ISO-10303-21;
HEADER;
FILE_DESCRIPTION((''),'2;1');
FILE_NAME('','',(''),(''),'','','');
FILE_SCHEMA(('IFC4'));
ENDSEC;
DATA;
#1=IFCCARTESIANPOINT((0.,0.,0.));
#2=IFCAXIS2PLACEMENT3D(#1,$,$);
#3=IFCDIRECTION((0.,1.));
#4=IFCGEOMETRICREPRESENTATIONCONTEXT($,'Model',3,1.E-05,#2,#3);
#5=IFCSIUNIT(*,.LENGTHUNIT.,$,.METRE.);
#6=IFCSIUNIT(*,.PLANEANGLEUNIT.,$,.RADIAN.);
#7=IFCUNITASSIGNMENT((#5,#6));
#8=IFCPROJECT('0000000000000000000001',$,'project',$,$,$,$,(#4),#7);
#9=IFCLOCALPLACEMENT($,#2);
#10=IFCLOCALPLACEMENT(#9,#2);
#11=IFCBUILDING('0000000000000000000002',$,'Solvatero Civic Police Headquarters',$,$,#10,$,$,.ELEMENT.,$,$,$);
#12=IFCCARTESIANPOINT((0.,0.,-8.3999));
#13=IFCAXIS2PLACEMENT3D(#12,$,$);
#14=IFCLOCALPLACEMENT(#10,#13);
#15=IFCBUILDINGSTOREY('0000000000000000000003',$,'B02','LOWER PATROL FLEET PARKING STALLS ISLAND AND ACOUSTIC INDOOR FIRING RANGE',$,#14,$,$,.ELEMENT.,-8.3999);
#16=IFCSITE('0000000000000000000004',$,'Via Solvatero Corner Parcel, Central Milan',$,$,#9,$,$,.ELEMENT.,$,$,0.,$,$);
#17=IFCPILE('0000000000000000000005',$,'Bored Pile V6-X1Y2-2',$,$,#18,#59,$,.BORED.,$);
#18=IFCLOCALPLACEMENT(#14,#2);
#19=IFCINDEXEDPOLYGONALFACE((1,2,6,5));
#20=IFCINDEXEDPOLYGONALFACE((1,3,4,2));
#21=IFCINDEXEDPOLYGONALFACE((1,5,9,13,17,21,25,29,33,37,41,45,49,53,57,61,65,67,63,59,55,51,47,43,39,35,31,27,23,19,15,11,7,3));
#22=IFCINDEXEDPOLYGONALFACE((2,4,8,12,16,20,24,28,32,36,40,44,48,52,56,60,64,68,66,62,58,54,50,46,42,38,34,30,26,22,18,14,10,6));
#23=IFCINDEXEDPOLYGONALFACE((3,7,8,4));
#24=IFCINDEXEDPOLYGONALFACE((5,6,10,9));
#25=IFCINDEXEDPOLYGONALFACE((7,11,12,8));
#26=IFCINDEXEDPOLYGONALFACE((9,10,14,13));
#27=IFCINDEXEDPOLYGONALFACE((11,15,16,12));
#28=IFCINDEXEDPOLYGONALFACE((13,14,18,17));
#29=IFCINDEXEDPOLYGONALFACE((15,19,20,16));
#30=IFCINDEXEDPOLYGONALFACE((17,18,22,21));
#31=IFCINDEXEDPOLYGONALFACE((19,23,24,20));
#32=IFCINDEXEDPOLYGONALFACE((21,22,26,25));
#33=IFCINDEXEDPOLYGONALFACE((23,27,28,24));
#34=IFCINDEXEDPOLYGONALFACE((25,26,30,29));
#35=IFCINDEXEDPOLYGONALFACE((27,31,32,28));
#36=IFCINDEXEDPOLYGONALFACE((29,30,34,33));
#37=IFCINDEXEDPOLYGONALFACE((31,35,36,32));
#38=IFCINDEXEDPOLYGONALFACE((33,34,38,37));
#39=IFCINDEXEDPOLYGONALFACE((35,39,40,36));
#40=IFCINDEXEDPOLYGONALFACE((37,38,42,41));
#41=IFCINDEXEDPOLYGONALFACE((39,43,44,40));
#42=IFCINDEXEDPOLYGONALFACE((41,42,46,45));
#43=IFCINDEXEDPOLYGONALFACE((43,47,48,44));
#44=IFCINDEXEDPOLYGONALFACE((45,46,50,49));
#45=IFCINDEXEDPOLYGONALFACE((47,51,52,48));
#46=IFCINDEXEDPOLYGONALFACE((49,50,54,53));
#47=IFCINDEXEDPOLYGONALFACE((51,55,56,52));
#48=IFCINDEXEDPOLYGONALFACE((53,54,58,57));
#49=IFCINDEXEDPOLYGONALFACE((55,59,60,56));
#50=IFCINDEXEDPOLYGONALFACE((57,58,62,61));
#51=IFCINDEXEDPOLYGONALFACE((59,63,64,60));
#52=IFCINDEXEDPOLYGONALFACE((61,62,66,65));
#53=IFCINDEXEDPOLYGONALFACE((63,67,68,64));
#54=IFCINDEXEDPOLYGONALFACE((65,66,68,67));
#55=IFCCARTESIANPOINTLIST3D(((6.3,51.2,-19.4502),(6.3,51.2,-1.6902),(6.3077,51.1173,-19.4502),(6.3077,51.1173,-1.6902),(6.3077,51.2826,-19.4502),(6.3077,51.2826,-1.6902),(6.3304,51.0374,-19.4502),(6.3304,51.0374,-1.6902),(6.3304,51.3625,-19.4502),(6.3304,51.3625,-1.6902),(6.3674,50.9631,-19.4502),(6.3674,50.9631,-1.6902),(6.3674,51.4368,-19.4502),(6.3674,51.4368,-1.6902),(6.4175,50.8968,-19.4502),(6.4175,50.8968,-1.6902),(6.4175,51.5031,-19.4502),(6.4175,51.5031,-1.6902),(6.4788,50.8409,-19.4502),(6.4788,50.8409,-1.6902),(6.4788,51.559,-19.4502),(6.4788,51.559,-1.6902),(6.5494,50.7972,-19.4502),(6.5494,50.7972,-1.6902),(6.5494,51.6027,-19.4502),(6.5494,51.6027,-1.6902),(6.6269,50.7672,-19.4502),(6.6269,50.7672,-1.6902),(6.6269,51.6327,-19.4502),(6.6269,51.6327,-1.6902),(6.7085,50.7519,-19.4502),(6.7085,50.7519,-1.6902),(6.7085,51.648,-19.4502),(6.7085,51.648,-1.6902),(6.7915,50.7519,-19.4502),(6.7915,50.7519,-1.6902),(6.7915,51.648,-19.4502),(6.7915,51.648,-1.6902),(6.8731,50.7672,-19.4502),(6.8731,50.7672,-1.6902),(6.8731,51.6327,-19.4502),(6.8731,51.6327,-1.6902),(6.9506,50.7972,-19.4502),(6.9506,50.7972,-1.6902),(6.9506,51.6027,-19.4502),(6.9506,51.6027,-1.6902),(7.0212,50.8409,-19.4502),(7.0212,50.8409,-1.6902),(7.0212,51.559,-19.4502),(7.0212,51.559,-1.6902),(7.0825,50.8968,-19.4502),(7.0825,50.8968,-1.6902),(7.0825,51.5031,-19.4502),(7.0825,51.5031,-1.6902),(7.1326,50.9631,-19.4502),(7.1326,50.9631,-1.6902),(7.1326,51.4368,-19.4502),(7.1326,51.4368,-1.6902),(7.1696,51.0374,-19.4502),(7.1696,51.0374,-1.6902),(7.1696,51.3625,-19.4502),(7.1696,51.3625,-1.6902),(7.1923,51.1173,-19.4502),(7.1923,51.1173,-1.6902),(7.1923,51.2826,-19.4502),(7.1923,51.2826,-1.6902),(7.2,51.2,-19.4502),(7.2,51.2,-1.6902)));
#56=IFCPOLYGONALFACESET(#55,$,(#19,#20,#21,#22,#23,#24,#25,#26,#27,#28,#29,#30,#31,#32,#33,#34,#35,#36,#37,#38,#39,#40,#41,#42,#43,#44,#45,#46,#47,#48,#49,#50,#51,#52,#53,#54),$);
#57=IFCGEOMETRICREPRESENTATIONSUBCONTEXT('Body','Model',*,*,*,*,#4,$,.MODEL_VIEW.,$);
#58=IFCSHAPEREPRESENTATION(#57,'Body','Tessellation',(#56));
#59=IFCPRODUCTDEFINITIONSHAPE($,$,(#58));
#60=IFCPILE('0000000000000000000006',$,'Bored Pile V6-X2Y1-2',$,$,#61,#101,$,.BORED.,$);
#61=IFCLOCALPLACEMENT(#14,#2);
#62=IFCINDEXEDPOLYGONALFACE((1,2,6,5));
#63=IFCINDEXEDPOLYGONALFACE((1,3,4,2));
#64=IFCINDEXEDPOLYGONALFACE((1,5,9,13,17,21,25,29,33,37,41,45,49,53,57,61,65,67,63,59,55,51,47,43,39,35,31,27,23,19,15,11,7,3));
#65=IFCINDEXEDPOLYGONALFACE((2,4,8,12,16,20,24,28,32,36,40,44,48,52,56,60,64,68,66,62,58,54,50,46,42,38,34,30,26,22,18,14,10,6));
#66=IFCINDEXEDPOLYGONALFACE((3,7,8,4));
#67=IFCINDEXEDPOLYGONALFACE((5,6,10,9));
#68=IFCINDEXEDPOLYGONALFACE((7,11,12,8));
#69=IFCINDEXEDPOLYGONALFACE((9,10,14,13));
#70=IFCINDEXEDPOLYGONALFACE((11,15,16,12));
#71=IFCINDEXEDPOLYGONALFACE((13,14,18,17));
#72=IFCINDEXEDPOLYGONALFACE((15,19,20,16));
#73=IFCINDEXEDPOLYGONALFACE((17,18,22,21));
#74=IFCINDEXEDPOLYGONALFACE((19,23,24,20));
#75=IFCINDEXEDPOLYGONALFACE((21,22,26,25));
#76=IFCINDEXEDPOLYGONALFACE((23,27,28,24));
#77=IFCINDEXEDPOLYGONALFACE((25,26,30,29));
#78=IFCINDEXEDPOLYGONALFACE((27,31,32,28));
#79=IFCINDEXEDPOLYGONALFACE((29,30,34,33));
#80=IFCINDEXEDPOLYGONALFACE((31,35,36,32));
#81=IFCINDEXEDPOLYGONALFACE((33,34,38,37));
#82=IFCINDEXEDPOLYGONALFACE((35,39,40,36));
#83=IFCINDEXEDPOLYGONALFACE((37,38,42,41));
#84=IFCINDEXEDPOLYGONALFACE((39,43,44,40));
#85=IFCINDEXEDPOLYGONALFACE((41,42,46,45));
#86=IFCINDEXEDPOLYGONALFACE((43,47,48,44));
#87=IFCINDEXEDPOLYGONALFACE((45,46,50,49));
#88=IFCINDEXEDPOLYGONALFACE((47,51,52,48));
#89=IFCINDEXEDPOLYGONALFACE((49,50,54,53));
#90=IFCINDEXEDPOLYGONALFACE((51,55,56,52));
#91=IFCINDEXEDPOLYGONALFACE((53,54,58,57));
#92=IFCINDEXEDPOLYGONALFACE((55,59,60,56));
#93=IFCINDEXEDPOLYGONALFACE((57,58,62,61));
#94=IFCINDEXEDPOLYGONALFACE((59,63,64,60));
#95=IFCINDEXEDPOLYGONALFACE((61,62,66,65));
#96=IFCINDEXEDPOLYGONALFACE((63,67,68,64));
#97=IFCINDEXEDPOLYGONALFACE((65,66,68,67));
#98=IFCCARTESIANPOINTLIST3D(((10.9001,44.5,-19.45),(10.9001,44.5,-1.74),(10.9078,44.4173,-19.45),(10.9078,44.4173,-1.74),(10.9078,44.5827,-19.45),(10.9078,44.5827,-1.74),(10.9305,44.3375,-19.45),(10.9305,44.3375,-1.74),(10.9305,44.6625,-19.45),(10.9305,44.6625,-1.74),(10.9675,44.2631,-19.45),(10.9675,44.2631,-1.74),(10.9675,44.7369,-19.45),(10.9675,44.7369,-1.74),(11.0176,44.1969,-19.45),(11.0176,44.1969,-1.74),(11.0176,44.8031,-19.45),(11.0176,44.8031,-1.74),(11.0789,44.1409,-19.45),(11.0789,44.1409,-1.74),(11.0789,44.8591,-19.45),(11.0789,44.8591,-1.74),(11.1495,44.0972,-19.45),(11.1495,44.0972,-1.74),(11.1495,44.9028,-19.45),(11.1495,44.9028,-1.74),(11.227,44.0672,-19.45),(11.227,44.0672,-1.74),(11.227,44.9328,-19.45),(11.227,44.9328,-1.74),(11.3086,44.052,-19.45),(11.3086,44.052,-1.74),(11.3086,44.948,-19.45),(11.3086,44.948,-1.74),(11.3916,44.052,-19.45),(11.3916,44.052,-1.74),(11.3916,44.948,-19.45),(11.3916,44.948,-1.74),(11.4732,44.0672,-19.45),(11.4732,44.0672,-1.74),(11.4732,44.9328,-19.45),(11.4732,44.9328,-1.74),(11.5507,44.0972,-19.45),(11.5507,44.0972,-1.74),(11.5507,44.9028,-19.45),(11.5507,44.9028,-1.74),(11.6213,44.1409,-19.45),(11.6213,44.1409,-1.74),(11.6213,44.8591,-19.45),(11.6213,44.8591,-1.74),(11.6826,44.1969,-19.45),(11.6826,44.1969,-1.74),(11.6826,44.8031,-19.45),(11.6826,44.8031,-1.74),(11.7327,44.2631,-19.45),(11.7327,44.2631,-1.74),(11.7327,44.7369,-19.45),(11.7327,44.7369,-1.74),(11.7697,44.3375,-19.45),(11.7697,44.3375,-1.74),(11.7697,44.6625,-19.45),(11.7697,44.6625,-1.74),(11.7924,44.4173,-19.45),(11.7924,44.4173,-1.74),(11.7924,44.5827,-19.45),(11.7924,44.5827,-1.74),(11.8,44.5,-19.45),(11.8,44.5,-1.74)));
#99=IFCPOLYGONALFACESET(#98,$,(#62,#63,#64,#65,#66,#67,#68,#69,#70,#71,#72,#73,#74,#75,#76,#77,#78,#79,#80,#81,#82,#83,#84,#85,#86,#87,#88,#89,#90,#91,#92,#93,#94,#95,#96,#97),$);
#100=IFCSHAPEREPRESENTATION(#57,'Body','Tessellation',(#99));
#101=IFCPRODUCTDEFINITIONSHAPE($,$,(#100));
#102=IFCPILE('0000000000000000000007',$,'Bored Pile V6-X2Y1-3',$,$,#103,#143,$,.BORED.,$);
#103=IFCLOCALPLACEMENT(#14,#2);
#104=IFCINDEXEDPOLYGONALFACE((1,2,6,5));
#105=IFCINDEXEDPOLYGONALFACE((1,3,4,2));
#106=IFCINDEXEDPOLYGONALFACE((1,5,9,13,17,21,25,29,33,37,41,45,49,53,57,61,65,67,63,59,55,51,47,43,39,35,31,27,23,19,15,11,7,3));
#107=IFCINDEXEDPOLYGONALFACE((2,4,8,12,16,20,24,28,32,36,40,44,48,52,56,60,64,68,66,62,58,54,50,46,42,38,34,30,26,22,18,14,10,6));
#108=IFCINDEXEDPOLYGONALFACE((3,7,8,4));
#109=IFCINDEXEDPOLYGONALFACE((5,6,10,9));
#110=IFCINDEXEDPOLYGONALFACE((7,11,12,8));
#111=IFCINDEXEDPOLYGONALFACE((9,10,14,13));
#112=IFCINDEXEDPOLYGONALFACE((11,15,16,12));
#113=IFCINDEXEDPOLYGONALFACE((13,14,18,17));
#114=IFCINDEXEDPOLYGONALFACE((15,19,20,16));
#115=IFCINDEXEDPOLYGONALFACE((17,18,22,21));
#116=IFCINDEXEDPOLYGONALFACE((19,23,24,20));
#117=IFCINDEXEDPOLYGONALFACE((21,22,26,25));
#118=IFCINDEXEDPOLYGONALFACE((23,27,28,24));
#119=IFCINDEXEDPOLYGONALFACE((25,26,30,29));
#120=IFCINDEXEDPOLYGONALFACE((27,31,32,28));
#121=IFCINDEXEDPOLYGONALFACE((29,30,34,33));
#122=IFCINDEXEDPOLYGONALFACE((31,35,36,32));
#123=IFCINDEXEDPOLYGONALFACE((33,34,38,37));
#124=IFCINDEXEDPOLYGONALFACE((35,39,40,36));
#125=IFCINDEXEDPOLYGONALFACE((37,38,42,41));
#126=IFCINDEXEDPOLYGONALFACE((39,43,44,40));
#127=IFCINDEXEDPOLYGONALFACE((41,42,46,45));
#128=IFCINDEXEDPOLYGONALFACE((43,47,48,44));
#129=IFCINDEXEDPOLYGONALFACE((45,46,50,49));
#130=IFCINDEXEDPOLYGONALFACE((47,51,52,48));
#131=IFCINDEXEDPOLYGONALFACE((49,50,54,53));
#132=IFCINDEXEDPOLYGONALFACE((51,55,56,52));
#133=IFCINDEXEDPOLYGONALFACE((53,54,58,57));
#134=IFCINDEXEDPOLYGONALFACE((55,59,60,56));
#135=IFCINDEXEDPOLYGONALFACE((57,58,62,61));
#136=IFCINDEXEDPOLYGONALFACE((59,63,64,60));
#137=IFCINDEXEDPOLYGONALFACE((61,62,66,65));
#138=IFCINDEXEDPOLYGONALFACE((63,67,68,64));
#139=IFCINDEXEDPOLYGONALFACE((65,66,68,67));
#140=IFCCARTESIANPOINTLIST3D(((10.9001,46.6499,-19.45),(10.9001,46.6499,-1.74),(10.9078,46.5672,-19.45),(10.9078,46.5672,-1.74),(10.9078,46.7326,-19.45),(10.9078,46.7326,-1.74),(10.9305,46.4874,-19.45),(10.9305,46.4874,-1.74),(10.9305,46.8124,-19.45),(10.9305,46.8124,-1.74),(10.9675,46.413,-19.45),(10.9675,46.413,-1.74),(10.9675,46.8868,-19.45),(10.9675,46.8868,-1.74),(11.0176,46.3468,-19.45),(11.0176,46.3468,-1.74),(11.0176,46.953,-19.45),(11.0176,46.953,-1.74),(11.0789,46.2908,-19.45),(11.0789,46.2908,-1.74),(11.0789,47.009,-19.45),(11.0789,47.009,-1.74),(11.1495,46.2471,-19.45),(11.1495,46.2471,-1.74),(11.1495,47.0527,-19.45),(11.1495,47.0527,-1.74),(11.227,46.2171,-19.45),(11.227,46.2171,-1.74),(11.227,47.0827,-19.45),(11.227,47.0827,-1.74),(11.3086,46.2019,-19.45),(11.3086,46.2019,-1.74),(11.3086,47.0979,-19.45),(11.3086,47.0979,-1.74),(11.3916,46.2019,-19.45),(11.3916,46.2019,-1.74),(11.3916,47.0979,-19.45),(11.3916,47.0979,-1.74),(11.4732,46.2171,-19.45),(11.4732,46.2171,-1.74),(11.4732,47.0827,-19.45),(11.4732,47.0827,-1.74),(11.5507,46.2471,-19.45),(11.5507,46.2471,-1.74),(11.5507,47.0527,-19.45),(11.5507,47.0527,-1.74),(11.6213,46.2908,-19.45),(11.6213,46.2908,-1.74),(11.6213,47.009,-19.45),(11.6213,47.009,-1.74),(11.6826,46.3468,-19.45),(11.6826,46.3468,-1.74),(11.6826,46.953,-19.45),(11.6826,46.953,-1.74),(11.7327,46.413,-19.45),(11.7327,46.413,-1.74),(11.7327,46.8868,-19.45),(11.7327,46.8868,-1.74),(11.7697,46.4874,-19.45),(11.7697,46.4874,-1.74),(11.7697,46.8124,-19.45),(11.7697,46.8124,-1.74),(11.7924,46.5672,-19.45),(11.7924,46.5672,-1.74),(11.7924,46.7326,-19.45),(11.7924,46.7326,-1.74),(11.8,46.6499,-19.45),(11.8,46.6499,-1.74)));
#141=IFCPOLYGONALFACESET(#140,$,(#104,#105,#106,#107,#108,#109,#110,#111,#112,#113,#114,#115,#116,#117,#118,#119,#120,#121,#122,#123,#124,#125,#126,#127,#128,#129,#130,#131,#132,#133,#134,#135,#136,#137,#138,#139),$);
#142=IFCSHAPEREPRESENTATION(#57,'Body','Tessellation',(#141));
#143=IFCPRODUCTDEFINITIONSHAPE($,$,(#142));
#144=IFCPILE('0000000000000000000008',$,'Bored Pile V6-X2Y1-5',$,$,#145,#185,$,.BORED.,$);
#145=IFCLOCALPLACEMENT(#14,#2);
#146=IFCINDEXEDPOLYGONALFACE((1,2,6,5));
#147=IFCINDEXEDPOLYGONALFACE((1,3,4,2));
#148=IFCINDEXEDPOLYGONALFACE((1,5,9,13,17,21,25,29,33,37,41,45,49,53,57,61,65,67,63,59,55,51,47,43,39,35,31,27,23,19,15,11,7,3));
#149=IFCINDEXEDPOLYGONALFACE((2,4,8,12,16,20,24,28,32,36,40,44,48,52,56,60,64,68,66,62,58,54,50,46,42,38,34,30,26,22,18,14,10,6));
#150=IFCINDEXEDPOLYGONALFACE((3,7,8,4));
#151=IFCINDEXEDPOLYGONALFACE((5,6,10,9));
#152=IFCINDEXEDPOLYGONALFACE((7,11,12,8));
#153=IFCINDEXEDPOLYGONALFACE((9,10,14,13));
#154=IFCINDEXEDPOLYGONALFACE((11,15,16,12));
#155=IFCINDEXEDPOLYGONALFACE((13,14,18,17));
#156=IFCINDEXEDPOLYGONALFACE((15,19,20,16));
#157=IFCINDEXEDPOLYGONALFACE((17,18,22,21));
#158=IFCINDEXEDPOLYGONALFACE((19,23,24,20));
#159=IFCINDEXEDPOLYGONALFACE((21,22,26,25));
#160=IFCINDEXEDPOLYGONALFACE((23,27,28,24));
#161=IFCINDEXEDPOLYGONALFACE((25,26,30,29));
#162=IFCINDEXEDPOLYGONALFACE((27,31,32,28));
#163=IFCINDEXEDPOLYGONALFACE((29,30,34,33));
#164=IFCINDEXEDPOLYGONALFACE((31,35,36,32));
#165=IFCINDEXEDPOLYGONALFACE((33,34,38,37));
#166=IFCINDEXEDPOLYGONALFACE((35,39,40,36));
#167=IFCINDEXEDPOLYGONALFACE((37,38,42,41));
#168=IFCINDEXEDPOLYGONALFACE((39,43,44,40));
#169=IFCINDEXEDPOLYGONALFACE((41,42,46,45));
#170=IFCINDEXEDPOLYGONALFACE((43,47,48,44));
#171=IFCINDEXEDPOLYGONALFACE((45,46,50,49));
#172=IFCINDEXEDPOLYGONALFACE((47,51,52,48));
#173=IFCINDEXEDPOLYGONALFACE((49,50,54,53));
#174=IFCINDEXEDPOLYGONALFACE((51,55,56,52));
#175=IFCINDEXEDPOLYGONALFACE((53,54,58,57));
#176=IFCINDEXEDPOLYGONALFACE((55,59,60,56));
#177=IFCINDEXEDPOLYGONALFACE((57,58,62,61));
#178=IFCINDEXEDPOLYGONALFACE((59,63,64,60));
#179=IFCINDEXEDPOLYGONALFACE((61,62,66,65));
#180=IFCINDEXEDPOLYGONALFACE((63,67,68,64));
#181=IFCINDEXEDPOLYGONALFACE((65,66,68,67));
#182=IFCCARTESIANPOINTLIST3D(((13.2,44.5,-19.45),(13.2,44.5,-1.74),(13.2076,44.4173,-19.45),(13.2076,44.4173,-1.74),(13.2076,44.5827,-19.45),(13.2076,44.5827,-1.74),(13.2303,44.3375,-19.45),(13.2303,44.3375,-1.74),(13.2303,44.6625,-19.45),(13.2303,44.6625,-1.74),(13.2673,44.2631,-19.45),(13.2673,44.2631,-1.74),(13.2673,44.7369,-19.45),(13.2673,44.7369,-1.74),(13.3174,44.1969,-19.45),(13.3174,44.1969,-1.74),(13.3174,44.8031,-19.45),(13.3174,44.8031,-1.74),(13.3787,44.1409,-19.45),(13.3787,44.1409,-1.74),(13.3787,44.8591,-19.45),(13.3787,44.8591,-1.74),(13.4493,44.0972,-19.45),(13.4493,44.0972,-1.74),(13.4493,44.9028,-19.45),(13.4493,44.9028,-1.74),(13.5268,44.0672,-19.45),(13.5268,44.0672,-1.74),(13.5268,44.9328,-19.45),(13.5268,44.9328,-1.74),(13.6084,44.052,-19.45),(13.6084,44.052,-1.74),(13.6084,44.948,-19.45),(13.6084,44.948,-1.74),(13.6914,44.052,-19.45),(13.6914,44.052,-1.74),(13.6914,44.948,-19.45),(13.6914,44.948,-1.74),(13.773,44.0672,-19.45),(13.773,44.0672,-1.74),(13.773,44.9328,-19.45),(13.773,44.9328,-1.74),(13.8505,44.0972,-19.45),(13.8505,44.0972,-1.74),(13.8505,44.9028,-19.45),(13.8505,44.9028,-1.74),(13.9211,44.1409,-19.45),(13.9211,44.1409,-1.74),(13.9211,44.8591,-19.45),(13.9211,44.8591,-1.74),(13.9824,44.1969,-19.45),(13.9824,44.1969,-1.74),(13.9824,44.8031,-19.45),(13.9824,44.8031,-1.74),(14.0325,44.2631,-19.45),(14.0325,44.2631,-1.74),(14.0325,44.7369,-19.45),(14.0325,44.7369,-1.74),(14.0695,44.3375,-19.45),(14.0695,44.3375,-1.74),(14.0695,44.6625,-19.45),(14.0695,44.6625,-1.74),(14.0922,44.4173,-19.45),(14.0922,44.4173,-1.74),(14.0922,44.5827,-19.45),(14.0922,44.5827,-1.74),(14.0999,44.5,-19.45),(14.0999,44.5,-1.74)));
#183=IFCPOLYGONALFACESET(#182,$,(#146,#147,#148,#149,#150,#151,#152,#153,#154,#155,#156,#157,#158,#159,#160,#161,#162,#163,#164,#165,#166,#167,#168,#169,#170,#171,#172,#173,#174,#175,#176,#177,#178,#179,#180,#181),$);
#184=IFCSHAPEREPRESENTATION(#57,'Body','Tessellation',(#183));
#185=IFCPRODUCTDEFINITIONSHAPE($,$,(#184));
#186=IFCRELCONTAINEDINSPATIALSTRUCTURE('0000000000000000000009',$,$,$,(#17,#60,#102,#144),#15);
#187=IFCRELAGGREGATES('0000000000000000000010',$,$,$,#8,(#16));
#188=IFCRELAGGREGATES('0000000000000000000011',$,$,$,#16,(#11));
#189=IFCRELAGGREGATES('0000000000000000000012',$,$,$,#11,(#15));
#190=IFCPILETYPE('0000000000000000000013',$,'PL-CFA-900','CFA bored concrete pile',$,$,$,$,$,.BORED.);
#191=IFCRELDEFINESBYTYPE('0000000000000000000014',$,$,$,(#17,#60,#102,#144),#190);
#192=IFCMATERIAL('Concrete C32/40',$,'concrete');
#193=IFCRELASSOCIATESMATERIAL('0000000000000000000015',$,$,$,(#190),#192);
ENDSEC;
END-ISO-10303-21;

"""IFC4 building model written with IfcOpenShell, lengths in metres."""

from ifc_helpers import new_model, si_unit, direction, frame, origin, origin_2d, place, context, subcontext, project, spatial, circle, extrude, material, material_profile, profile_set, type_object, element, save


model = new_model("IFC4")

# Units and contexts
model_context = context("Model", 3, precision=1e-05, world=origin(), true_north=direction((0.0, 1.0)))
body_context = subcontext(model_context, "Body", "Model", "MODEL_VIEW")
ifc_project = project(units=[si_unit("LENGTHUNIT", "METRE"), si_unit("PLANEANGLEUNIT", "RADIAN")], contexts=[model_context])

# Site, building, storey
site_placement = place(None, origin())
site = spatial("IfcSite", under=ifc_project, at=site_placement, Name="Via Solvatero Corner Parcel, Central Milan", CompositionType="ELEMENT", RefElevation=0.0)
building_placement = place(site_placement, origin())
building = spatial("IfcBuilding", under=site, at=building_placement, Name="Solvatero Civic Police Headquarters", CompositionType="ELEMENT")
storey_placement = place(building_placement, frame((0.0, 0.0, -8.3999)))
storey = spatial("IfcBuildingStorey", under=building, at=storey_placement, Name="B02", Description="LOWER PATROL FLEET PARKING STALLS ISLAND AND ACOUSTIC INDOOR FIRING RANGE", CompositionType="ELEMENT", Elevation=-8.3999)

# Piles
ifc_material_1 = material(Name="Concrete C32/40", Category="concrete")
ifc_material_profile_1 = material_profile(ifc_material_1, circle(Radius=0.45, at=origin_2d()), Name="CFA PILE D900")
ifc_profile_set_1 = profile_set([ifc_material_profile_1], Name="Concrete C32/40")
pile_type_1 = type_object("IfcPileType", Name="PL-CFA-900", Description="CFA bored concrete pile", PredefinedType="BORED", material=ifc_profile_set_1)
for number, where, z_axis, x_axis, name in (
    (1, (6.75, 51.2, -1.6902), (0.0, 0.0, -1.0), (1.0, 0.0, 0.0), "Bored Pile V6-X1Y2-2"),
):
    element("IfcPile", number, at=place(storey_placement, frame(where, z_axis=z_axis, x_axis=x_axis)), inside=storey, type_object=pile_type_1, Name=name, PredefinedType="BORED", context=body_context, shape_type="SweptSolid", body=[
        extrude(circle(Radius=0.45, at=origin_2d()), origin(), (0.0, 0.0, 1.0), 17.76),
    ])
for number, where, z_axis, x_axis, name in (
    (2, (11.3501, 44.5, -1.74), (0.0, 0.0, -1.0), (1.0, 0.0, 0.0), "Bored Pile V6-X2Y1-2"),
    (3, (11.3501, 46.6499, -1.74), (0.0, 0.0, -1.0), (1.0, 0.0, 0.0), "Bored Pile V6-X2Y1-3"),
    (4, (13.6499, 44.5, -1.74), (0.0, 0.0, -1.0), (1.0, 0.0, 0.0), "Bored Pile V6-X2Y1-5"),
):
    element("IfcPile", number, at=place(storey_placement, frame(where, z_axis=z_axis, x_axis=x_axis)), inside=storey, type_object=pile_type_1, Name=name, PredefinedType="BORED", context=body_context, shape_type="SweptSolid", body=[
        extrude(circle(Radius=0.45, at=origin_2d()), origin(), (0.0, 0.0, 1.0), 17.71),
    ])

save(model, "model.ifc")
